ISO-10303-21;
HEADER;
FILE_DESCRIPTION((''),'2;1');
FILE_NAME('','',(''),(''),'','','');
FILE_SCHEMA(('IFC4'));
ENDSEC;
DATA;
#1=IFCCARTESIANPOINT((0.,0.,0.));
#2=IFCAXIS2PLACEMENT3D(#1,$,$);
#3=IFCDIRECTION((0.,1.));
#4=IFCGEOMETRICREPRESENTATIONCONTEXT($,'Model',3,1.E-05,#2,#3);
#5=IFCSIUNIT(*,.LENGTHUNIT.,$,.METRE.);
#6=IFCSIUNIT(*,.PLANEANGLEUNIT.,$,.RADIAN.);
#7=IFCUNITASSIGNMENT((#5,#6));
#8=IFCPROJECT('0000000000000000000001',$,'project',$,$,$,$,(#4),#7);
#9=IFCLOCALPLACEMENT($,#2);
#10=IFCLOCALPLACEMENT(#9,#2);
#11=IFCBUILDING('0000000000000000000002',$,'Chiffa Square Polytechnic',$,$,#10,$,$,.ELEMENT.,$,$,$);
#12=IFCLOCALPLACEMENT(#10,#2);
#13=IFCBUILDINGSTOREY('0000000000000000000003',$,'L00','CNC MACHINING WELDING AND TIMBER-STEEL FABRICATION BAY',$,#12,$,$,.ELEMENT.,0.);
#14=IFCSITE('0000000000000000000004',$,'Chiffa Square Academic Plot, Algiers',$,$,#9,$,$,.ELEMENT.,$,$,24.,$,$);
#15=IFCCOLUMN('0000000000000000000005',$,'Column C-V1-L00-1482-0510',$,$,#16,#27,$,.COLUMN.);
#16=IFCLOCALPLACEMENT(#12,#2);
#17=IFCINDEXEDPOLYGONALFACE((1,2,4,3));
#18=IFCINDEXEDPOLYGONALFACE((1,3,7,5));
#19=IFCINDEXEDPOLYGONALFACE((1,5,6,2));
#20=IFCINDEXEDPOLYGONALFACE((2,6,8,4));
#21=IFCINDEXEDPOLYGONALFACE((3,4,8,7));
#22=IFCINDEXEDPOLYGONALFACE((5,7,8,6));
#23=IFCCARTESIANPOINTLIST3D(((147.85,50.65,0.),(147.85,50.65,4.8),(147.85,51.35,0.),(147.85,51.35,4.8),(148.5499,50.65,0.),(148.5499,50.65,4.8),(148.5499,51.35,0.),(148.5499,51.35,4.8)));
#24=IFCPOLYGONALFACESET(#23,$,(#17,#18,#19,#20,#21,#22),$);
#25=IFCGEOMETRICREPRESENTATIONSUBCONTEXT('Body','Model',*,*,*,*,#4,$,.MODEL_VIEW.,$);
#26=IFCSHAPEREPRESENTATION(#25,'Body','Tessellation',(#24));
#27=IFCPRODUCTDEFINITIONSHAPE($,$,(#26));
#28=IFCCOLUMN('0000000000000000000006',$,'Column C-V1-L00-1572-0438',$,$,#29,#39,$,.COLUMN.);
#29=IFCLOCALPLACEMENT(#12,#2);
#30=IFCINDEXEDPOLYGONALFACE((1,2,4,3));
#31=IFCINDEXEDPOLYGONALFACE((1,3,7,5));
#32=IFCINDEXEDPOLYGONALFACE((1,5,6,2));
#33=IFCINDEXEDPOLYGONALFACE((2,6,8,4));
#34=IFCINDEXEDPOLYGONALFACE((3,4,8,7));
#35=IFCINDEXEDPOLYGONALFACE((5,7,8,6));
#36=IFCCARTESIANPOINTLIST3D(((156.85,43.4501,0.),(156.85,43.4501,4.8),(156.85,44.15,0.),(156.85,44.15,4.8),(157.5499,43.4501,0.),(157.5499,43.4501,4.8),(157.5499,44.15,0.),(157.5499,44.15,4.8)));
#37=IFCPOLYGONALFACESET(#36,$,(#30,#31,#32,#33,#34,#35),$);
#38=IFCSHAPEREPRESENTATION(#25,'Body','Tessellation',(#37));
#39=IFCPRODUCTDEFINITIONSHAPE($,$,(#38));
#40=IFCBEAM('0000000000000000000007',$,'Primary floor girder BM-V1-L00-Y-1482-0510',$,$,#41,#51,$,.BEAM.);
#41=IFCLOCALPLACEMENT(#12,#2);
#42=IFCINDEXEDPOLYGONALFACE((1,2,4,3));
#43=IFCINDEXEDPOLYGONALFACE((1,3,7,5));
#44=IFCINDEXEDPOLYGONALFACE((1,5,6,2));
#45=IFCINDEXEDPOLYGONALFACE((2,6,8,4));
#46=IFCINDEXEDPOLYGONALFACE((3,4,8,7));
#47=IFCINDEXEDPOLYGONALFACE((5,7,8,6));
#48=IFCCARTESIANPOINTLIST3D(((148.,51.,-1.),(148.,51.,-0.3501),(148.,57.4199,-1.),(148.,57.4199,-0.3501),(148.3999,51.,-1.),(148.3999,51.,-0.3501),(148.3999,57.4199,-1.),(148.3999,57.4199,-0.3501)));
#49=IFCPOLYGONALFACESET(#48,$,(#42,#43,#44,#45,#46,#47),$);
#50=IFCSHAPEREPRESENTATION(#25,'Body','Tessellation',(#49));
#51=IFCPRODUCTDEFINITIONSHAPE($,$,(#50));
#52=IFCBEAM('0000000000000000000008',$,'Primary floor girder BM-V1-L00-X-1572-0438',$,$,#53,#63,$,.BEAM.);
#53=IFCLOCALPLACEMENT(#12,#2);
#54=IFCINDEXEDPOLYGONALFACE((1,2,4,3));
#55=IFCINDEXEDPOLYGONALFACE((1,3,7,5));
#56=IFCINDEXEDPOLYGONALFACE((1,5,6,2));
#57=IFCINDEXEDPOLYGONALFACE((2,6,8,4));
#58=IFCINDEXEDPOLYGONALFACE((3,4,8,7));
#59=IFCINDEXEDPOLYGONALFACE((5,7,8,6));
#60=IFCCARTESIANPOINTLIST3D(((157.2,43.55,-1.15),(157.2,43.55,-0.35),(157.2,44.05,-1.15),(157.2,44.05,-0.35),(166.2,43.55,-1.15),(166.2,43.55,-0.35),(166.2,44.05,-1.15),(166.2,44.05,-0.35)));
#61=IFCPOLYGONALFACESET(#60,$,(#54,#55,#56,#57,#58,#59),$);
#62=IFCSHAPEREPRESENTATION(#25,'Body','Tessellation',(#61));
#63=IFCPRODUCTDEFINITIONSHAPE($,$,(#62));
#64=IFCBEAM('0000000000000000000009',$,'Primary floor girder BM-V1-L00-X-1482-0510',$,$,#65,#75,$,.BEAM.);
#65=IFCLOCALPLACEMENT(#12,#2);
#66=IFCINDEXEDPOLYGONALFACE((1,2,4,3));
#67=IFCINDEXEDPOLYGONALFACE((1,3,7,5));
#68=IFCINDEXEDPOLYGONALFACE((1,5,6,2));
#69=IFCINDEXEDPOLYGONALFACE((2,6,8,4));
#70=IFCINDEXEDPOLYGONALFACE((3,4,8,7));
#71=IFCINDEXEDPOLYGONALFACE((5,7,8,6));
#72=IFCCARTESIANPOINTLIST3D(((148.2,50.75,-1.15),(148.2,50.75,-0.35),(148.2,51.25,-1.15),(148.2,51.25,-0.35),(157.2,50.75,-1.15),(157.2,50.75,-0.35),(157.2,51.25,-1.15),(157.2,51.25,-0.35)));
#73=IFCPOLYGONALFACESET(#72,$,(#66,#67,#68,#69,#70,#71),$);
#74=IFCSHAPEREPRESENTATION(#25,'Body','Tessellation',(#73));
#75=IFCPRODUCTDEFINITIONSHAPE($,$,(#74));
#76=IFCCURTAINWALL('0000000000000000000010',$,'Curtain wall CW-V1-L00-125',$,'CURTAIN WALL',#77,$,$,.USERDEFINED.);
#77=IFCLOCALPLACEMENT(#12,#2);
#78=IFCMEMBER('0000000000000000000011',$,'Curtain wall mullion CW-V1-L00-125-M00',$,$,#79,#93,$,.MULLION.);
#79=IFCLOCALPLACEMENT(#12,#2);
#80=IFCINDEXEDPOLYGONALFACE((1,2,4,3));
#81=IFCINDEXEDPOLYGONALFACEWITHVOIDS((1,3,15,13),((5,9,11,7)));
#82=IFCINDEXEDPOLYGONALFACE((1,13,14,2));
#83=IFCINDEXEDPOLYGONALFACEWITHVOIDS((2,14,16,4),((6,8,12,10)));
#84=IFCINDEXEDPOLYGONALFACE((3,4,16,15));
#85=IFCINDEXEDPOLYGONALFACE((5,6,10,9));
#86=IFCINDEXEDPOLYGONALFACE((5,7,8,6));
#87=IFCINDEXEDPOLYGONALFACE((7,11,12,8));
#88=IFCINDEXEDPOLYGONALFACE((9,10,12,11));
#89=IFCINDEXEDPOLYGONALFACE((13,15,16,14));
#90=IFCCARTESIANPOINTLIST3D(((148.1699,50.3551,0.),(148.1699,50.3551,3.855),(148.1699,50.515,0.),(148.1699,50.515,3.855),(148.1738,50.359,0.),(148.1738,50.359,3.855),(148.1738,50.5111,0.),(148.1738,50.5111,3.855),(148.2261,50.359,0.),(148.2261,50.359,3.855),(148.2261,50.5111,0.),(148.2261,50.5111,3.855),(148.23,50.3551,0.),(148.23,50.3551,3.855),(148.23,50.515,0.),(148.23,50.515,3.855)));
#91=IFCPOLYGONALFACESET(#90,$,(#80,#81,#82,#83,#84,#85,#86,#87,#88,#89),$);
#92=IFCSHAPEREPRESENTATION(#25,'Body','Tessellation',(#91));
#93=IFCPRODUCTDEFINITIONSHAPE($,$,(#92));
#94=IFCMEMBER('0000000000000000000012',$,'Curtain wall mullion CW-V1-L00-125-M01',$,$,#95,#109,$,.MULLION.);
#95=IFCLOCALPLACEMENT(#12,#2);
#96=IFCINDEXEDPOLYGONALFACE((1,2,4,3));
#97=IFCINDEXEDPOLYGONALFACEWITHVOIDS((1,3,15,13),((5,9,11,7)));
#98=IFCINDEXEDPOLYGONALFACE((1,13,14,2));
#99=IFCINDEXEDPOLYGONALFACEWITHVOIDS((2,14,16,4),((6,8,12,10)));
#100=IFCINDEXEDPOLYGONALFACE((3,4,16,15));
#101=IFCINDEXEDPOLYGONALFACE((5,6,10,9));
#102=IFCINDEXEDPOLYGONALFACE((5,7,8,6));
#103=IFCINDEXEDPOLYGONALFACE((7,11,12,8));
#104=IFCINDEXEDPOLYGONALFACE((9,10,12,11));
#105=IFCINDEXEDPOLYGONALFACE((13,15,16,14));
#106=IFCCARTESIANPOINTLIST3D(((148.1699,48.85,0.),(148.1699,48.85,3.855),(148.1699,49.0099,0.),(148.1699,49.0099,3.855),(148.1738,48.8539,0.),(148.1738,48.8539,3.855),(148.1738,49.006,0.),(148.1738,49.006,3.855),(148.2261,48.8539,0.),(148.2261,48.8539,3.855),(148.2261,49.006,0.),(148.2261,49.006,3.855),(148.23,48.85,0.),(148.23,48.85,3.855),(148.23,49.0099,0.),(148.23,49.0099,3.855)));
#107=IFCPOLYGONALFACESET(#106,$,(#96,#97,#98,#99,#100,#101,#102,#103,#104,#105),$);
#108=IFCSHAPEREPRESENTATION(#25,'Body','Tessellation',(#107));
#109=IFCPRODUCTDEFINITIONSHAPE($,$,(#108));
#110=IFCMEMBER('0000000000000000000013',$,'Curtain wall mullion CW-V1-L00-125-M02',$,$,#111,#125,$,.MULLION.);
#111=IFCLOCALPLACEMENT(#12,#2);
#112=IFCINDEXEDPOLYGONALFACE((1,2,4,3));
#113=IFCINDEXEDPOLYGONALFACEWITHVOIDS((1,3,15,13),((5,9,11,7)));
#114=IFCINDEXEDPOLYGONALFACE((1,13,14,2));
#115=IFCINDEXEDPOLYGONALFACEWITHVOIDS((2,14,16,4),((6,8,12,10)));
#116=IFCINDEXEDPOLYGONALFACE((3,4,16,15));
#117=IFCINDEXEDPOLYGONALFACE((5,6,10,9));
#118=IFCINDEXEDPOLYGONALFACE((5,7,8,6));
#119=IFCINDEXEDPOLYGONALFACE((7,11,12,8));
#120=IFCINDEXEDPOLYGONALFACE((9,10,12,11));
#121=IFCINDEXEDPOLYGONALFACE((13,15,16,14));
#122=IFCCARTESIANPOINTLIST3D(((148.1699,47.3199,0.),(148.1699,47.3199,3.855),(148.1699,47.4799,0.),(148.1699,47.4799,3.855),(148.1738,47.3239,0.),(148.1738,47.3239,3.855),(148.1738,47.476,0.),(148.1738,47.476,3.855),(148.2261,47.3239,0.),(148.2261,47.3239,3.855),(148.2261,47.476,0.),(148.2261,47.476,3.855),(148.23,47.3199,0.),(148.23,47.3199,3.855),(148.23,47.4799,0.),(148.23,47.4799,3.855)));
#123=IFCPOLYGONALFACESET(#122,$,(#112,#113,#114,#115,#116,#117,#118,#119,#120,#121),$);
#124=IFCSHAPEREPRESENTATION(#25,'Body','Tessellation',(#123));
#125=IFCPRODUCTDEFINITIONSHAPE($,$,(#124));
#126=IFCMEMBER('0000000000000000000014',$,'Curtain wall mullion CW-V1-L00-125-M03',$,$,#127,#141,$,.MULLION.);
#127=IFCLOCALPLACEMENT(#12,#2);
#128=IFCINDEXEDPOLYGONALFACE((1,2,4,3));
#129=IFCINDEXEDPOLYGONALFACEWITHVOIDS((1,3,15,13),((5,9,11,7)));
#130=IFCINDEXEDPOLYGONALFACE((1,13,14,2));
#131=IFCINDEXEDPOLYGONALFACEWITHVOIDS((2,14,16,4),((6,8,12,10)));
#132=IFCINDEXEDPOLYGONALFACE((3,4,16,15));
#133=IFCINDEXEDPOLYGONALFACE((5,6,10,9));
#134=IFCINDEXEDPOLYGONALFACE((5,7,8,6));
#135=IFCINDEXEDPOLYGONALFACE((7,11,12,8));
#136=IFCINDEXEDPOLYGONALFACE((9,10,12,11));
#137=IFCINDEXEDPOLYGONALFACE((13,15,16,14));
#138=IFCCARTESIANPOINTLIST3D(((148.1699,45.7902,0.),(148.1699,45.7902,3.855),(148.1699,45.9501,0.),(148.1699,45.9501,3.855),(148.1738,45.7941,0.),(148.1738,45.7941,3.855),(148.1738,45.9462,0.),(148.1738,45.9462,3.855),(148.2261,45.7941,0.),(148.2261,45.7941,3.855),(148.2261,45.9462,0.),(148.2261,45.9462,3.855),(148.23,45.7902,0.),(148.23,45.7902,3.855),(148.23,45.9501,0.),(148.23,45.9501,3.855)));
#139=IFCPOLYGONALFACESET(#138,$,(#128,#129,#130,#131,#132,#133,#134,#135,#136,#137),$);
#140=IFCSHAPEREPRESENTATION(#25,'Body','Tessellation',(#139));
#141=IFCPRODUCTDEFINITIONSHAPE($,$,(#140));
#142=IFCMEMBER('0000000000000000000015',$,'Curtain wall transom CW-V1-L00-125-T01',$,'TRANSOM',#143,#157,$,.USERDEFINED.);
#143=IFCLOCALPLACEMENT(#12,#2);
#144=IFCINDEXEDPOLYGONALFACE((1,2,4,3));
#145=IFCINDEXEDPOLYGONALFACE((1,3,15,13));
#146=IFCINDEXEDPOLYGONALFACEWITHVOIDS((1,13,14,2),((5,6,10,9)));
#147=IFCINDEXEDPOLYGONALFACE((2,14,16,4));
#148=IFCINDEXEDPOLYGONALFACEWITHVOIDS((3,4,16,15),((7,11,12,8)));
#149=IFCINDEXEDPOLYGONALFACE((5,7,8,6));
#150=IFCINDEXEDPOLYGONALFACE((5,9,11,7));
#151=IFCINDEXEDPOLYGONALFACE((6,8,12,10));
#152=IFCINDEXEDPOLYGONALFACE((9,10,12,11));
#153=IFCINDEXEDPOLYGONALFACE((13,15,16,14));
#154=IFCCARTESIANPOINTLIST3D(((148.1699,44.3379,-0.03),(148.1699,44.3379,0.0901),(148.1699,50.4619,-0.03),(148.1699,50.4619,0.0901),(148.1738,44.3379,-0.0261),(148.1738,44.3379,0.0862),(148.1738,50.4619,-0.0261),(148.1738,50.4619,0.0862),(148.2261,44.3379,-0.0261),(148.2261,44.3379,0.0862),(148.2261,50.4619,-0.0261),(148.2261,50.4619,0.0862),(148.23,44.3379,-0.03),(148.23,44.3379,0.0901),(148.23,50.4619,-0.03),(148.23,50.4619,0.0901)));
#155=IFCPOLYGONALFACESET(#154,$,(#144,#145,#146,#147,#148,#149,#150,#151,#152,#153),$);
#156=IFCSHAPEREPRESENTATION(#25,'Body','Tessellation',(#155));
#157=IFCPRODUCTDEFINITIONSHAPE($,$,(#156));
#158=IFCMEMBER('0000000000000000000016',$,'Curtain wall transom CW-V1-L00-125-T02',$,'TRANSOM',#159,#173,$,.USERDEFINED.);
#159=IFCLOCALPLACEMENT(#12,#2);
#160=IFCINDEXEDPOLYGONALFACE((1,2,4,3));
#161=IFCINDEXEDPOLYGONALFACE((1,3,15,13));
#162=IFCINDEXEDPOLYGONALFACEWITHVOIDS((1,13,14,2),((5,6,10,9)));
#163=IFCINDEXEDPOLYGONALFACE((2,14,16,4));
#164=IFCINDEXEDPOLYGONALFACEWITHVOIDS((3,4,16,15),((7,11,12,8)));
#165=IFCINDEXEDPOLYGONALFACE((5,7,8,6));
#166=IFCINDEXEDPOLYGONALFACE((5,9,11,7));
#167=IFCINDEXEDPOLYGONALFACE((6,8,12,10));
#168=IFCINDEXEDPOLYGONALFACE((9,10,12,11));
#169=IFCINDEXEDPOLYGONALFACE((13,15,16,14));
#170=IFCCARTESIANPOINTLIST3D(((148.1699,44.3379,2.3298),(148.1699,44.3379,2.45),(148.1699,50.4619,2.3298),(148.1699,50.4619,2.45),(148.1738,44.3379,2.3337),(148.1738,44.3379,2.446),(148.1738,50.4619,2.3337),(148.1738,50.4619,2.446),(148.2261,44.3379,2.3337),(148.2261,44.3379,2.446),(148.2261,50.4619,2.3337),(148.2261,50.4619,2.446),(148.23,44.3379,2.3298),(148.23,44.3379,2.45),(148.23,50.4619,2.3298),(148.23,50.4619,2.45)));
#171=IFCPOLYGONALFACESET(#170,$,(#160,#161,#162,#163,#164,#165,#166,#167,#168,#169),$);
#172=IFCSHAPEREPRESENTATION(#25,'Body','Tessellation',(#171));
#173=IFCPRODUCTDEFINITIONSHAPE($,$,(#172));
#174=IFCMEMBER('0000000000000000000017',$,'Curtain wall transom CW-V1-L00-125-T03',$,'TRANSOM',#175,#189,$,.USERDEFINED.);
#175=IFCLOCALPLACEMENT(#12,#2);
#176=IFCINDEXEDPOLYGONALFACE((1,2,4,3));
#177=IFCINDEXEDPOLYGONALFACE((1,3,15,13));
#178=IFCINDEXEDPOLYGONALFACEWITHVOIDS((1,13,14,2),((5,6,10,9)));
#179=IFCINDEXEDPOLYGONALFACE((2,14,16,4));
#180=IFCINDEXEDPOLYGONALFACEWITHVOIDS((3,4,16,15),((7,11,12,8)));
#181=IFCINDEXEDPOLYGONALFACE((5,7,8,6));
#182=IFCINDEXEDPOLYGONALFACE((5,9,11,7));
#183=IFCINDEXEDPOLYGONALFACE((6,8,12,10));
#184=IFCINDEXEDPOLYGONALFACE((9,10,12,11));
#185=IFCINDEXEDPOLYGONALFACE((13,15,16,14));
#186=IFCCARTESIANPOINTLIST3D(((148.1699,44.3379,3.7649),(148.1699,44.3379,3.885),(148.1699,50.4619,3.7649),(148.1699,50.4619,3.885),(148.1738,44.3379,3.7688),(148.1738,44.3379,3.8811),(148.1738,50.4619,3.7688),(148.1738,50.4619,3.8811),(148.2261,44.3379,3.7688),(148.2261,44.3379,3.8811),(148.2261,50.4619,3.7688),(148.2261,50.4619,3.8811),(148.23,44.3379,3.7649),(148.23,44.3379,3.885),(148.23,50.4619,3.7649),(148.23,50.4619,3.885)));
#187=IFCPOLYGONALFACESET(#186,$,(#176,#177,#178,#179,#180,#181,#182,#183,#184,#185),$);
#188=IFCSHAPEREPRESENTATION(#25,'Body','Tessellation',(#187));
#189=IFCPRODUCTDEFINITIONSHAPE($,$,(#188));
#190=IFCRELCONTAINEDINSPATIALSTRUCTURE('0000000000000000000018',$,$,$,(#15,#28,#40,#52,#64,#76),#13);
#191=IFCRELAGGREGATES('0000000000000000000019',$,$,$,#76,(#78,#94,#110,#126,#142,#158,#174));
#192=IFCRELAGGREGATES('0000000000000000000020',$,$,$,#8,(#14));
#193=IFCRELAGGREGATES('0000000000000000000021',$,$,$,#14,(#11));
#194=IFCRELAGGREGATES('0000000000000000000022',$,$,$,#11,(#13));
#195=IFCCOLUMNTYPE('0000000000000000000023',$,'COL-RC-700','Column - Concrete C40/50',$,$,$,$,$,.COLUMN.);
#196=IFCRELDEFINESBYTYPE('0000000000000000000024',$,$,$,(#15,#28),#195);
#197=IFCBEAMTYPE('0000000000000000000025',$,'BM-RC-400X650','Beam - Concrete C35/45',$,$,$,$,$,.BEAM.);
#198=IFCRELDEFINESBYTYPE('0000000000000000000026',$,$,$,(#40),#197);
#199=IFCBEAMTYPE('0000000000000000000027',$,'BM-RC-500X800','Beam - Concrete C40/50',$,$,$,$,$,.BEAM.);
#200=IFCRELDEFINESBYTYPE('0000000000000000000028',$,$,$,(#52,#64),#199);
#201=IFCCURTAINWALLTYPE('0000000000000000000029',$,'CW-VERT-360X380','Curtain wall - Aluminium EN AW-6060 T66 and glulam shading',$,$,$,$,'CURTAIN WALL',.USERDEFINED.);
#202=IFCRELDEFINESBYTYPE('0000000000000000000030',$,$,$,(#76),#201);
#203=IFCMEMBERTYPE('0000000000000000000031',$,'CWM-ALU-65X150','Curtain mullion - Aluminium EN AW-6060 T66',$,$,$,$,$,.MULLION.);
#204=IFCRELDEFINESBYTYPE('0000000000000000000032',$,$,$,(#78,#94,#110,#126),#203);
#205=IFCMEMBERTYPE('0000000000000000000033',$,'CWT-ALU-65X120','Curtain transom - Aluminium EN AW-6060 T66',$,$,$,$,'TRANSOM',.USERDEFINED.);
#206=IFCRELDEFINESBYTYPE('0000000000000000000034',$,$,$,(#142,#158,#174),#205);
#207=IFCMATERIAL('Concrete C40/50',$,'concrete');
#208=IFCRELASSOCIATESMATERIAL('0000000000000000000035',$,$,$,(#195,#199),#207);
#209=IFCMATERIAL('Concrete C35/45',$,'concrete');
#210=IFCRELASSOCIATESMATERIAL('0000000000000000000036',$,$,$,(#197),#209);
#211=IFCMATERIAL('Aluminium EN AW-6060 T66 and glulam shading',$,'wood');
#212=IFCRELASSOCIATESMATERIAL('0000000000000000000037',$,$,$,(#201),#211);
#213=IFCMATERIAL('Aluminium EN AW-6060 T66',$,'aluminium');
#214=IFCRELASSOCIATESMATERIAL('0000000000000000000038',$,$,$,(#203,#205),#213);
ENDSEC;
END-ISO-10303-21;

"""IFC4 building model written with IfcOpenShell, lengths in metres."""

from ifc_helpers import new_model, si_unit, direction, frame, origin, origin_2d, place, context, subcontext, project, spatial, rectangle, hollow_rectangle, extrude, material, material_profile, profile_set, type_object, element, aggregate, save


model = new_model("IFC4")

# Units and contexts
model_context = context("Model", 3, precision=1e-05, world=origin(), true_north=direction((0.0, 1.0)))
body_context = subcontext(model_context, "Body", "Model", "MODEL_VIEW")
ifc_project = project(units=[si_unit("LENGTHUNIT", "METRE"), si_unit("PLANEANGLEUNIT", "RADIAN")], contexts=[model_context])

# Site, building, storey
site_placement = place(None, origin())
site = spatial("IfcSite", under=ifc_project, at=site_placement, Name="Chiffa Square Academic Plot, Algiers", CompositionType="ELEMENT", RefElevation=24.0)
building_placement = place(site_placement, origin())
building = spatial("IfcBuilding", under=site, at=building_placement, Name="Chiffa Square Polytechnic", CompositionType="ELEMENT")
storey_placement = place(building_placement, origin())
storey = spatial("IfcBuildingStorey", under=building, at=storey_placement, Name="L00", Description="CNC MACHINING WELDING AND TIMBER-STEEL FABRICATION BAY", CompositionType="ELEMENT", Elevation=0.0)

# Columns
ifc_material_1 = material(Name="Concrete C40/50", Category="concrete")
ifc_material_profile_1 = material_profile(ifc_material_1, rectangle(XDim=0.7, YDim=0.7, at=origin_2d()), Name="RC 700x700")
ifc_profile_set_1 = profile_set([ifc_material_profile_1], Name="Concrete C40/50")
column_type = type_object("IfcColumnType", Name="COL-RC-700", Description="Column - Concrete C40/50", PredefinedType="COLUMN", material=ifc_profile_set_1)
for number, where, z_axis, x_axis, name in (
    (1, (148.2, 51.0, 0.0), (0.0, 0.0, 1.0), (1.0, 0.0, 0.0), "Column C-V1-L00-1482-0510"),
    (2, (157.2, 43.8, 0.0), (0.0, 0.0, 1.0), (1.0, 0.0, 0.0), "Column C-V1-L00-1572-0438"),
):
    element("IfcColumn", number, at=place(storey_placement, frame(where, z_axis=z_axis, x_axis=x_axis)), inside=storey, type_object=column_type, Name=name, PredefinedType="COLUMN", context=body_context, shape_type="SweptSolid", body=[
        extrude(rectangle(XDim=0.7, YDim=0.7, at=origin_2d()), origin(), (0.0, 0.0, 1.0), 4.8),
    ])

# Beams
ifc_material_2 = material(Name="Concrete C35/45", Category="concrete")
ifc_material_profile_2 = material_profile(ifc_material_2, rectangle(XDim=0.3999, YDim=0.6499, at=origin_2d()), Name="RC 400x650")
ifc_profile_set_2 = profile_set([ifc_material_profile_2], Name="Concrete C35/45")
beam_type_1 = type_object("IfcBeamType", Name="BM-RC-400X650", Description="Beam - Concrete C35/45", PredefinedType="BEAM", material=ifc_profile_set_2)
beam_placement = place(storey_placement, frame((148.2, 51.0, -0.675), z_axis=(0.0, 1.0, 0.0), x_axis=(-1.0, 0.0, 0.0)))
element("IfcBeam", 3, at=beam_placement, inside=storey, type_object=beam_type_1, Name="Primary floor girder BM-V1-L00-Y-1482-0510", PredefinedType="BEAM", context=body_context, shape_type="SweptSolid", body=[
    extrude(rectangle(XDim=0.3999, YDim=0.6499, at=origin_2d()), origin(), (0.0, 0.0, 1.0), 6.4199),
])
ifc_material_profile_3 = material_profile(ifc_material_1, rectangle(XDim=0.5, YDim=0.8, at=origin_2d()), Name="RC 500x800")
ifc_profile_set_3 = profile_set([ifc_material_profile_3], Name="Concrete C40/50")
beam_type_2 = type_object("IfcBeamType", Name="BM-RC-500X800", Description="Beam - Concrete C40/50", PredefinedType="BEAM", material=ifc_profile_set_3)
for number, where, z_axis, x_axis, name in (
    (4, (157.2, 43.8, -0.75), (1.0, 0.0, 0.0), (0.0, 1.0, 0.0), "Primary floor girder BM-V1-L00-X-1572-0438"),
    (5, (148.2, 51.0, -0.75), (1.0, 0.0, 0.0), (0.0, 1.0, 0.0), "Primary floor girder BM-V1-L00-X-1482-0510"),
):
    element("IfcBeam", number, at=place(storey_placement, frame(where, z_axis=z_axis, x_axis=x_axis)), inside=storey, type_object=beam_type_2, Name=name, PredefinedType="BEAM", context=body_context, shape_type="SweptSolid", body=[
        extrude(rectangle(XDim=0.5, YDim=0.8, at=origin_2d()), origin(), (0.0, 0.0, 1.0), 9.0),
    ])

# Curtain wall, members
ifc_material_3 = material(Name="Aluminium EN AW-6060 T66 and glulam shading", Category="wood")
curtain_wall_type = type_object("IfcCurtainWallType", Name="CW-VERT-360X380", Description="Curtain wall - Aluminium EN AW-6060 T66 and glulam shading", ElementType="CURTAIN WALL", PredefinedType="USERDEFINED", material=ifc_material_3)
curtain_wall_placement = place(storey_placement, origin())
curtain_wall = element("IfcCurtainWall", 6, at=curtain_wall_placement, inside=storey, type_object=curtain_wall_type, Name="Curtain wall CW-V1-L00-125", ObjectType="CURTAIN WALL", PredefinedType="USERDEFINED")
ifc_material_4 = material(Name="Aluminium EN AW-6060 T66", Category="aluminium")
ifc_material_profile_4 = material_profile(ifc_material_4, hollow_rectangle(XDim=0.0601, YDim=0.1599, WallThickness=0.0039, at=origin_2d()), Name="ALU 60x160x4")
ifc_profile_set_4 = profile_set([ifc_material_profile_4], Name="Aluminium EN AW-6060 T66")
member_type_1 = type_object("IfcMemberType", Name="CWM-ALU-65X150", Description="Curtain mullion - Aluminium EN AW-6060 T66", PredefinedType="MULLION", material=ifc_profile_set_4)
member_1_placement = place(storey_placement, frame((148.2, 50.4351, 0.0), z_axis=(0.0, 0.0, 1.0), x_axis=(1.0, 0.0, 0.0)))
member_1 = element("IfcMember", 7, at=member_1_placement, type_object=member_type_1, Name="Curtain wall mullion CW-V1-L00-125-M00", PredefinedType="MULLION", context=body_context, shape_type="SweptSolid", body=[
    extrude(hollow_rectangle(XDim=0.0601, YDim=0.1599, WallThickness=0.0039, at=origin_2d()), origin(), (0.0, 0.0, 1.0), 3.855),
])
member_2_placement = place(storey_placement, frame((148.2, 48.9299, 0.0), z_axis=(0.0, 0.0, 1.0), x_axis=(1.0, 0.0, 0.0)))
member_2 = element("IfcMember", 8, at=member_2_placement, type_object=member_type_1, Name="Curtain wall mullion CW-V1-L00-125-M01", PredefinedType="MULLION", context=body_context, shape_type="SweptSolid", body=[
    extrude(hollow_rectangle(XDim=0.0601, YDim=0.1599, WallThickness=0.0039, at=origin_2d()), origin(), (0.0, 0.0, 1.0), 3.855),
])
member_3_placement = place(storey_placement, frame((148.2, 47.3999, 0.0), z_axis=(0.0, 0.0, 1.0), x_axis=(1.0, 0.0, 0.0)))
member_3 = element("IfcMember", 9, at=member_3_placement, type_object=member_type_1, Name="Curtain wall mullion CW-V1-L00-125-M02", PredefinedType="MULLION", context=body_context, shape_type="SweptSolid", body=[
    extrude(hollow_rectangle(XDim=0.0601, YDim=0.1599, WallThickness=0.0039, at=origin_2d()), origin(), (0.0, 0.0, 1.0), 3.855),
])
member_4_placement = place(storey_placement, frame((148.2, 45.8701, 0.0), z_axis=(0.0, 0.0, 1.0), x_axis=(1.0, 0.0, 0.0)))
member_4 = element("IfcMember", 10, at=member_4_placement, type_object=member_type_1, Name="Curtain wall mullion CW-V1-L00-125-M03", PredefinedType="MULLION", context=body_context, shape_type="SweptSolid", body=[
    extrude(hollow_rectangle(XDim=0.0601, YDim=0.1599, WallThickness=0.0039, at=origin_2d()), origin(), (0.0, 0.0, 1.0), 3.855),
])
ifc_material_profile_5 = material_profile(ifc_material_4, hollow_rectangle(XDim=0.0601, YDim=0.1201, WallThickness=0.0039, at=origin_2d()), Name="ALU 60x120x4")
ifc_profile_set_5 = profile_set([ifc_material_profile_5], Name="Aluminium EN AW-6060 T66")
member_type_2 = type_object("IfcMemberType", Name="CWT-ALU-65X120", Description="Curtain transom - Aluminium EN AW-6060 T66", ElementType="TRANSOM", PredefinedType="USERDEFINED", material=ifc_profile_set_5)
member_5_placement = place(storey_placement, frame((148.2, 50.4619, 0.03), z_axis=(0.0, -1.0, 0.0), x_axis=(1.0, 0.0, 0.0)))
member_5 = element("IfcMember", 11, at=member_5_placement, type_object=member_type_2, Name="Curtain wall transom CW-V1-L00-125-T01", ObjectType="TRANSOM", PredefinedType="USERDEFINED", context=body_context, shape_type="SweptSolid", body=[
    extrude(hollow_rectangle(XDim=0.0601, YDim=0.1201, WallThickness=0.0039, at=origin_2d()), origin(), (0.0, 0.0, 1.0), 6.124),
])
member_6_placement = place(storey_placement, frame((148.2, 50.4619, 2.3899), z_axis=(0.0, -1.0, 0.0), x_axis=(1.0, 0.0, 0.0)))
member_6 = element("IfcMember", 12, at=member_6_placement, type_object=member_type_2, Name="Curtain wall transom CW-V1-L00-125-T02", ObjectType="TRANSOM", PredefinedType="USERDEFINED", context=body_context, shape_type="SweptSolid", body=[
    extrude(hollow_rectangle(XDim=0.0601, YDim=0.1201, WallThickness=0.0039, at=origin_2d()), origin(), (0.0, 0.0, 1.0), 6.124),
])
member_7_placement = place(storey_placement, frame((148.2, 50.4619, 3.825), z_axis=(0.0, -1.0, 0.0), x_axis=(1.0, 0.0, 0.0)))
member_7 = element("IfcMember", 13, at=member_7_placement, type_object=member_type_2, Name="Curtain wall transom CW-V1-L00-125-T03", ObjectType="TRANSOM", PredefinedType="USERDEFINED", context=body_context, shape_type="SweptSolid", body=[
    extrude(hollow_rectangle(XDim=0.0601, YDim=0.1201, WallThickness=0.0039, at=origin_2d()), origin(), (0.0, 0.0, 1.0), 6.124),
])

aggregate(curtain_wall, [member_1, member_2, member_3, member_4, member_5, member_6, member_7])

save(model, "model.ifc")
